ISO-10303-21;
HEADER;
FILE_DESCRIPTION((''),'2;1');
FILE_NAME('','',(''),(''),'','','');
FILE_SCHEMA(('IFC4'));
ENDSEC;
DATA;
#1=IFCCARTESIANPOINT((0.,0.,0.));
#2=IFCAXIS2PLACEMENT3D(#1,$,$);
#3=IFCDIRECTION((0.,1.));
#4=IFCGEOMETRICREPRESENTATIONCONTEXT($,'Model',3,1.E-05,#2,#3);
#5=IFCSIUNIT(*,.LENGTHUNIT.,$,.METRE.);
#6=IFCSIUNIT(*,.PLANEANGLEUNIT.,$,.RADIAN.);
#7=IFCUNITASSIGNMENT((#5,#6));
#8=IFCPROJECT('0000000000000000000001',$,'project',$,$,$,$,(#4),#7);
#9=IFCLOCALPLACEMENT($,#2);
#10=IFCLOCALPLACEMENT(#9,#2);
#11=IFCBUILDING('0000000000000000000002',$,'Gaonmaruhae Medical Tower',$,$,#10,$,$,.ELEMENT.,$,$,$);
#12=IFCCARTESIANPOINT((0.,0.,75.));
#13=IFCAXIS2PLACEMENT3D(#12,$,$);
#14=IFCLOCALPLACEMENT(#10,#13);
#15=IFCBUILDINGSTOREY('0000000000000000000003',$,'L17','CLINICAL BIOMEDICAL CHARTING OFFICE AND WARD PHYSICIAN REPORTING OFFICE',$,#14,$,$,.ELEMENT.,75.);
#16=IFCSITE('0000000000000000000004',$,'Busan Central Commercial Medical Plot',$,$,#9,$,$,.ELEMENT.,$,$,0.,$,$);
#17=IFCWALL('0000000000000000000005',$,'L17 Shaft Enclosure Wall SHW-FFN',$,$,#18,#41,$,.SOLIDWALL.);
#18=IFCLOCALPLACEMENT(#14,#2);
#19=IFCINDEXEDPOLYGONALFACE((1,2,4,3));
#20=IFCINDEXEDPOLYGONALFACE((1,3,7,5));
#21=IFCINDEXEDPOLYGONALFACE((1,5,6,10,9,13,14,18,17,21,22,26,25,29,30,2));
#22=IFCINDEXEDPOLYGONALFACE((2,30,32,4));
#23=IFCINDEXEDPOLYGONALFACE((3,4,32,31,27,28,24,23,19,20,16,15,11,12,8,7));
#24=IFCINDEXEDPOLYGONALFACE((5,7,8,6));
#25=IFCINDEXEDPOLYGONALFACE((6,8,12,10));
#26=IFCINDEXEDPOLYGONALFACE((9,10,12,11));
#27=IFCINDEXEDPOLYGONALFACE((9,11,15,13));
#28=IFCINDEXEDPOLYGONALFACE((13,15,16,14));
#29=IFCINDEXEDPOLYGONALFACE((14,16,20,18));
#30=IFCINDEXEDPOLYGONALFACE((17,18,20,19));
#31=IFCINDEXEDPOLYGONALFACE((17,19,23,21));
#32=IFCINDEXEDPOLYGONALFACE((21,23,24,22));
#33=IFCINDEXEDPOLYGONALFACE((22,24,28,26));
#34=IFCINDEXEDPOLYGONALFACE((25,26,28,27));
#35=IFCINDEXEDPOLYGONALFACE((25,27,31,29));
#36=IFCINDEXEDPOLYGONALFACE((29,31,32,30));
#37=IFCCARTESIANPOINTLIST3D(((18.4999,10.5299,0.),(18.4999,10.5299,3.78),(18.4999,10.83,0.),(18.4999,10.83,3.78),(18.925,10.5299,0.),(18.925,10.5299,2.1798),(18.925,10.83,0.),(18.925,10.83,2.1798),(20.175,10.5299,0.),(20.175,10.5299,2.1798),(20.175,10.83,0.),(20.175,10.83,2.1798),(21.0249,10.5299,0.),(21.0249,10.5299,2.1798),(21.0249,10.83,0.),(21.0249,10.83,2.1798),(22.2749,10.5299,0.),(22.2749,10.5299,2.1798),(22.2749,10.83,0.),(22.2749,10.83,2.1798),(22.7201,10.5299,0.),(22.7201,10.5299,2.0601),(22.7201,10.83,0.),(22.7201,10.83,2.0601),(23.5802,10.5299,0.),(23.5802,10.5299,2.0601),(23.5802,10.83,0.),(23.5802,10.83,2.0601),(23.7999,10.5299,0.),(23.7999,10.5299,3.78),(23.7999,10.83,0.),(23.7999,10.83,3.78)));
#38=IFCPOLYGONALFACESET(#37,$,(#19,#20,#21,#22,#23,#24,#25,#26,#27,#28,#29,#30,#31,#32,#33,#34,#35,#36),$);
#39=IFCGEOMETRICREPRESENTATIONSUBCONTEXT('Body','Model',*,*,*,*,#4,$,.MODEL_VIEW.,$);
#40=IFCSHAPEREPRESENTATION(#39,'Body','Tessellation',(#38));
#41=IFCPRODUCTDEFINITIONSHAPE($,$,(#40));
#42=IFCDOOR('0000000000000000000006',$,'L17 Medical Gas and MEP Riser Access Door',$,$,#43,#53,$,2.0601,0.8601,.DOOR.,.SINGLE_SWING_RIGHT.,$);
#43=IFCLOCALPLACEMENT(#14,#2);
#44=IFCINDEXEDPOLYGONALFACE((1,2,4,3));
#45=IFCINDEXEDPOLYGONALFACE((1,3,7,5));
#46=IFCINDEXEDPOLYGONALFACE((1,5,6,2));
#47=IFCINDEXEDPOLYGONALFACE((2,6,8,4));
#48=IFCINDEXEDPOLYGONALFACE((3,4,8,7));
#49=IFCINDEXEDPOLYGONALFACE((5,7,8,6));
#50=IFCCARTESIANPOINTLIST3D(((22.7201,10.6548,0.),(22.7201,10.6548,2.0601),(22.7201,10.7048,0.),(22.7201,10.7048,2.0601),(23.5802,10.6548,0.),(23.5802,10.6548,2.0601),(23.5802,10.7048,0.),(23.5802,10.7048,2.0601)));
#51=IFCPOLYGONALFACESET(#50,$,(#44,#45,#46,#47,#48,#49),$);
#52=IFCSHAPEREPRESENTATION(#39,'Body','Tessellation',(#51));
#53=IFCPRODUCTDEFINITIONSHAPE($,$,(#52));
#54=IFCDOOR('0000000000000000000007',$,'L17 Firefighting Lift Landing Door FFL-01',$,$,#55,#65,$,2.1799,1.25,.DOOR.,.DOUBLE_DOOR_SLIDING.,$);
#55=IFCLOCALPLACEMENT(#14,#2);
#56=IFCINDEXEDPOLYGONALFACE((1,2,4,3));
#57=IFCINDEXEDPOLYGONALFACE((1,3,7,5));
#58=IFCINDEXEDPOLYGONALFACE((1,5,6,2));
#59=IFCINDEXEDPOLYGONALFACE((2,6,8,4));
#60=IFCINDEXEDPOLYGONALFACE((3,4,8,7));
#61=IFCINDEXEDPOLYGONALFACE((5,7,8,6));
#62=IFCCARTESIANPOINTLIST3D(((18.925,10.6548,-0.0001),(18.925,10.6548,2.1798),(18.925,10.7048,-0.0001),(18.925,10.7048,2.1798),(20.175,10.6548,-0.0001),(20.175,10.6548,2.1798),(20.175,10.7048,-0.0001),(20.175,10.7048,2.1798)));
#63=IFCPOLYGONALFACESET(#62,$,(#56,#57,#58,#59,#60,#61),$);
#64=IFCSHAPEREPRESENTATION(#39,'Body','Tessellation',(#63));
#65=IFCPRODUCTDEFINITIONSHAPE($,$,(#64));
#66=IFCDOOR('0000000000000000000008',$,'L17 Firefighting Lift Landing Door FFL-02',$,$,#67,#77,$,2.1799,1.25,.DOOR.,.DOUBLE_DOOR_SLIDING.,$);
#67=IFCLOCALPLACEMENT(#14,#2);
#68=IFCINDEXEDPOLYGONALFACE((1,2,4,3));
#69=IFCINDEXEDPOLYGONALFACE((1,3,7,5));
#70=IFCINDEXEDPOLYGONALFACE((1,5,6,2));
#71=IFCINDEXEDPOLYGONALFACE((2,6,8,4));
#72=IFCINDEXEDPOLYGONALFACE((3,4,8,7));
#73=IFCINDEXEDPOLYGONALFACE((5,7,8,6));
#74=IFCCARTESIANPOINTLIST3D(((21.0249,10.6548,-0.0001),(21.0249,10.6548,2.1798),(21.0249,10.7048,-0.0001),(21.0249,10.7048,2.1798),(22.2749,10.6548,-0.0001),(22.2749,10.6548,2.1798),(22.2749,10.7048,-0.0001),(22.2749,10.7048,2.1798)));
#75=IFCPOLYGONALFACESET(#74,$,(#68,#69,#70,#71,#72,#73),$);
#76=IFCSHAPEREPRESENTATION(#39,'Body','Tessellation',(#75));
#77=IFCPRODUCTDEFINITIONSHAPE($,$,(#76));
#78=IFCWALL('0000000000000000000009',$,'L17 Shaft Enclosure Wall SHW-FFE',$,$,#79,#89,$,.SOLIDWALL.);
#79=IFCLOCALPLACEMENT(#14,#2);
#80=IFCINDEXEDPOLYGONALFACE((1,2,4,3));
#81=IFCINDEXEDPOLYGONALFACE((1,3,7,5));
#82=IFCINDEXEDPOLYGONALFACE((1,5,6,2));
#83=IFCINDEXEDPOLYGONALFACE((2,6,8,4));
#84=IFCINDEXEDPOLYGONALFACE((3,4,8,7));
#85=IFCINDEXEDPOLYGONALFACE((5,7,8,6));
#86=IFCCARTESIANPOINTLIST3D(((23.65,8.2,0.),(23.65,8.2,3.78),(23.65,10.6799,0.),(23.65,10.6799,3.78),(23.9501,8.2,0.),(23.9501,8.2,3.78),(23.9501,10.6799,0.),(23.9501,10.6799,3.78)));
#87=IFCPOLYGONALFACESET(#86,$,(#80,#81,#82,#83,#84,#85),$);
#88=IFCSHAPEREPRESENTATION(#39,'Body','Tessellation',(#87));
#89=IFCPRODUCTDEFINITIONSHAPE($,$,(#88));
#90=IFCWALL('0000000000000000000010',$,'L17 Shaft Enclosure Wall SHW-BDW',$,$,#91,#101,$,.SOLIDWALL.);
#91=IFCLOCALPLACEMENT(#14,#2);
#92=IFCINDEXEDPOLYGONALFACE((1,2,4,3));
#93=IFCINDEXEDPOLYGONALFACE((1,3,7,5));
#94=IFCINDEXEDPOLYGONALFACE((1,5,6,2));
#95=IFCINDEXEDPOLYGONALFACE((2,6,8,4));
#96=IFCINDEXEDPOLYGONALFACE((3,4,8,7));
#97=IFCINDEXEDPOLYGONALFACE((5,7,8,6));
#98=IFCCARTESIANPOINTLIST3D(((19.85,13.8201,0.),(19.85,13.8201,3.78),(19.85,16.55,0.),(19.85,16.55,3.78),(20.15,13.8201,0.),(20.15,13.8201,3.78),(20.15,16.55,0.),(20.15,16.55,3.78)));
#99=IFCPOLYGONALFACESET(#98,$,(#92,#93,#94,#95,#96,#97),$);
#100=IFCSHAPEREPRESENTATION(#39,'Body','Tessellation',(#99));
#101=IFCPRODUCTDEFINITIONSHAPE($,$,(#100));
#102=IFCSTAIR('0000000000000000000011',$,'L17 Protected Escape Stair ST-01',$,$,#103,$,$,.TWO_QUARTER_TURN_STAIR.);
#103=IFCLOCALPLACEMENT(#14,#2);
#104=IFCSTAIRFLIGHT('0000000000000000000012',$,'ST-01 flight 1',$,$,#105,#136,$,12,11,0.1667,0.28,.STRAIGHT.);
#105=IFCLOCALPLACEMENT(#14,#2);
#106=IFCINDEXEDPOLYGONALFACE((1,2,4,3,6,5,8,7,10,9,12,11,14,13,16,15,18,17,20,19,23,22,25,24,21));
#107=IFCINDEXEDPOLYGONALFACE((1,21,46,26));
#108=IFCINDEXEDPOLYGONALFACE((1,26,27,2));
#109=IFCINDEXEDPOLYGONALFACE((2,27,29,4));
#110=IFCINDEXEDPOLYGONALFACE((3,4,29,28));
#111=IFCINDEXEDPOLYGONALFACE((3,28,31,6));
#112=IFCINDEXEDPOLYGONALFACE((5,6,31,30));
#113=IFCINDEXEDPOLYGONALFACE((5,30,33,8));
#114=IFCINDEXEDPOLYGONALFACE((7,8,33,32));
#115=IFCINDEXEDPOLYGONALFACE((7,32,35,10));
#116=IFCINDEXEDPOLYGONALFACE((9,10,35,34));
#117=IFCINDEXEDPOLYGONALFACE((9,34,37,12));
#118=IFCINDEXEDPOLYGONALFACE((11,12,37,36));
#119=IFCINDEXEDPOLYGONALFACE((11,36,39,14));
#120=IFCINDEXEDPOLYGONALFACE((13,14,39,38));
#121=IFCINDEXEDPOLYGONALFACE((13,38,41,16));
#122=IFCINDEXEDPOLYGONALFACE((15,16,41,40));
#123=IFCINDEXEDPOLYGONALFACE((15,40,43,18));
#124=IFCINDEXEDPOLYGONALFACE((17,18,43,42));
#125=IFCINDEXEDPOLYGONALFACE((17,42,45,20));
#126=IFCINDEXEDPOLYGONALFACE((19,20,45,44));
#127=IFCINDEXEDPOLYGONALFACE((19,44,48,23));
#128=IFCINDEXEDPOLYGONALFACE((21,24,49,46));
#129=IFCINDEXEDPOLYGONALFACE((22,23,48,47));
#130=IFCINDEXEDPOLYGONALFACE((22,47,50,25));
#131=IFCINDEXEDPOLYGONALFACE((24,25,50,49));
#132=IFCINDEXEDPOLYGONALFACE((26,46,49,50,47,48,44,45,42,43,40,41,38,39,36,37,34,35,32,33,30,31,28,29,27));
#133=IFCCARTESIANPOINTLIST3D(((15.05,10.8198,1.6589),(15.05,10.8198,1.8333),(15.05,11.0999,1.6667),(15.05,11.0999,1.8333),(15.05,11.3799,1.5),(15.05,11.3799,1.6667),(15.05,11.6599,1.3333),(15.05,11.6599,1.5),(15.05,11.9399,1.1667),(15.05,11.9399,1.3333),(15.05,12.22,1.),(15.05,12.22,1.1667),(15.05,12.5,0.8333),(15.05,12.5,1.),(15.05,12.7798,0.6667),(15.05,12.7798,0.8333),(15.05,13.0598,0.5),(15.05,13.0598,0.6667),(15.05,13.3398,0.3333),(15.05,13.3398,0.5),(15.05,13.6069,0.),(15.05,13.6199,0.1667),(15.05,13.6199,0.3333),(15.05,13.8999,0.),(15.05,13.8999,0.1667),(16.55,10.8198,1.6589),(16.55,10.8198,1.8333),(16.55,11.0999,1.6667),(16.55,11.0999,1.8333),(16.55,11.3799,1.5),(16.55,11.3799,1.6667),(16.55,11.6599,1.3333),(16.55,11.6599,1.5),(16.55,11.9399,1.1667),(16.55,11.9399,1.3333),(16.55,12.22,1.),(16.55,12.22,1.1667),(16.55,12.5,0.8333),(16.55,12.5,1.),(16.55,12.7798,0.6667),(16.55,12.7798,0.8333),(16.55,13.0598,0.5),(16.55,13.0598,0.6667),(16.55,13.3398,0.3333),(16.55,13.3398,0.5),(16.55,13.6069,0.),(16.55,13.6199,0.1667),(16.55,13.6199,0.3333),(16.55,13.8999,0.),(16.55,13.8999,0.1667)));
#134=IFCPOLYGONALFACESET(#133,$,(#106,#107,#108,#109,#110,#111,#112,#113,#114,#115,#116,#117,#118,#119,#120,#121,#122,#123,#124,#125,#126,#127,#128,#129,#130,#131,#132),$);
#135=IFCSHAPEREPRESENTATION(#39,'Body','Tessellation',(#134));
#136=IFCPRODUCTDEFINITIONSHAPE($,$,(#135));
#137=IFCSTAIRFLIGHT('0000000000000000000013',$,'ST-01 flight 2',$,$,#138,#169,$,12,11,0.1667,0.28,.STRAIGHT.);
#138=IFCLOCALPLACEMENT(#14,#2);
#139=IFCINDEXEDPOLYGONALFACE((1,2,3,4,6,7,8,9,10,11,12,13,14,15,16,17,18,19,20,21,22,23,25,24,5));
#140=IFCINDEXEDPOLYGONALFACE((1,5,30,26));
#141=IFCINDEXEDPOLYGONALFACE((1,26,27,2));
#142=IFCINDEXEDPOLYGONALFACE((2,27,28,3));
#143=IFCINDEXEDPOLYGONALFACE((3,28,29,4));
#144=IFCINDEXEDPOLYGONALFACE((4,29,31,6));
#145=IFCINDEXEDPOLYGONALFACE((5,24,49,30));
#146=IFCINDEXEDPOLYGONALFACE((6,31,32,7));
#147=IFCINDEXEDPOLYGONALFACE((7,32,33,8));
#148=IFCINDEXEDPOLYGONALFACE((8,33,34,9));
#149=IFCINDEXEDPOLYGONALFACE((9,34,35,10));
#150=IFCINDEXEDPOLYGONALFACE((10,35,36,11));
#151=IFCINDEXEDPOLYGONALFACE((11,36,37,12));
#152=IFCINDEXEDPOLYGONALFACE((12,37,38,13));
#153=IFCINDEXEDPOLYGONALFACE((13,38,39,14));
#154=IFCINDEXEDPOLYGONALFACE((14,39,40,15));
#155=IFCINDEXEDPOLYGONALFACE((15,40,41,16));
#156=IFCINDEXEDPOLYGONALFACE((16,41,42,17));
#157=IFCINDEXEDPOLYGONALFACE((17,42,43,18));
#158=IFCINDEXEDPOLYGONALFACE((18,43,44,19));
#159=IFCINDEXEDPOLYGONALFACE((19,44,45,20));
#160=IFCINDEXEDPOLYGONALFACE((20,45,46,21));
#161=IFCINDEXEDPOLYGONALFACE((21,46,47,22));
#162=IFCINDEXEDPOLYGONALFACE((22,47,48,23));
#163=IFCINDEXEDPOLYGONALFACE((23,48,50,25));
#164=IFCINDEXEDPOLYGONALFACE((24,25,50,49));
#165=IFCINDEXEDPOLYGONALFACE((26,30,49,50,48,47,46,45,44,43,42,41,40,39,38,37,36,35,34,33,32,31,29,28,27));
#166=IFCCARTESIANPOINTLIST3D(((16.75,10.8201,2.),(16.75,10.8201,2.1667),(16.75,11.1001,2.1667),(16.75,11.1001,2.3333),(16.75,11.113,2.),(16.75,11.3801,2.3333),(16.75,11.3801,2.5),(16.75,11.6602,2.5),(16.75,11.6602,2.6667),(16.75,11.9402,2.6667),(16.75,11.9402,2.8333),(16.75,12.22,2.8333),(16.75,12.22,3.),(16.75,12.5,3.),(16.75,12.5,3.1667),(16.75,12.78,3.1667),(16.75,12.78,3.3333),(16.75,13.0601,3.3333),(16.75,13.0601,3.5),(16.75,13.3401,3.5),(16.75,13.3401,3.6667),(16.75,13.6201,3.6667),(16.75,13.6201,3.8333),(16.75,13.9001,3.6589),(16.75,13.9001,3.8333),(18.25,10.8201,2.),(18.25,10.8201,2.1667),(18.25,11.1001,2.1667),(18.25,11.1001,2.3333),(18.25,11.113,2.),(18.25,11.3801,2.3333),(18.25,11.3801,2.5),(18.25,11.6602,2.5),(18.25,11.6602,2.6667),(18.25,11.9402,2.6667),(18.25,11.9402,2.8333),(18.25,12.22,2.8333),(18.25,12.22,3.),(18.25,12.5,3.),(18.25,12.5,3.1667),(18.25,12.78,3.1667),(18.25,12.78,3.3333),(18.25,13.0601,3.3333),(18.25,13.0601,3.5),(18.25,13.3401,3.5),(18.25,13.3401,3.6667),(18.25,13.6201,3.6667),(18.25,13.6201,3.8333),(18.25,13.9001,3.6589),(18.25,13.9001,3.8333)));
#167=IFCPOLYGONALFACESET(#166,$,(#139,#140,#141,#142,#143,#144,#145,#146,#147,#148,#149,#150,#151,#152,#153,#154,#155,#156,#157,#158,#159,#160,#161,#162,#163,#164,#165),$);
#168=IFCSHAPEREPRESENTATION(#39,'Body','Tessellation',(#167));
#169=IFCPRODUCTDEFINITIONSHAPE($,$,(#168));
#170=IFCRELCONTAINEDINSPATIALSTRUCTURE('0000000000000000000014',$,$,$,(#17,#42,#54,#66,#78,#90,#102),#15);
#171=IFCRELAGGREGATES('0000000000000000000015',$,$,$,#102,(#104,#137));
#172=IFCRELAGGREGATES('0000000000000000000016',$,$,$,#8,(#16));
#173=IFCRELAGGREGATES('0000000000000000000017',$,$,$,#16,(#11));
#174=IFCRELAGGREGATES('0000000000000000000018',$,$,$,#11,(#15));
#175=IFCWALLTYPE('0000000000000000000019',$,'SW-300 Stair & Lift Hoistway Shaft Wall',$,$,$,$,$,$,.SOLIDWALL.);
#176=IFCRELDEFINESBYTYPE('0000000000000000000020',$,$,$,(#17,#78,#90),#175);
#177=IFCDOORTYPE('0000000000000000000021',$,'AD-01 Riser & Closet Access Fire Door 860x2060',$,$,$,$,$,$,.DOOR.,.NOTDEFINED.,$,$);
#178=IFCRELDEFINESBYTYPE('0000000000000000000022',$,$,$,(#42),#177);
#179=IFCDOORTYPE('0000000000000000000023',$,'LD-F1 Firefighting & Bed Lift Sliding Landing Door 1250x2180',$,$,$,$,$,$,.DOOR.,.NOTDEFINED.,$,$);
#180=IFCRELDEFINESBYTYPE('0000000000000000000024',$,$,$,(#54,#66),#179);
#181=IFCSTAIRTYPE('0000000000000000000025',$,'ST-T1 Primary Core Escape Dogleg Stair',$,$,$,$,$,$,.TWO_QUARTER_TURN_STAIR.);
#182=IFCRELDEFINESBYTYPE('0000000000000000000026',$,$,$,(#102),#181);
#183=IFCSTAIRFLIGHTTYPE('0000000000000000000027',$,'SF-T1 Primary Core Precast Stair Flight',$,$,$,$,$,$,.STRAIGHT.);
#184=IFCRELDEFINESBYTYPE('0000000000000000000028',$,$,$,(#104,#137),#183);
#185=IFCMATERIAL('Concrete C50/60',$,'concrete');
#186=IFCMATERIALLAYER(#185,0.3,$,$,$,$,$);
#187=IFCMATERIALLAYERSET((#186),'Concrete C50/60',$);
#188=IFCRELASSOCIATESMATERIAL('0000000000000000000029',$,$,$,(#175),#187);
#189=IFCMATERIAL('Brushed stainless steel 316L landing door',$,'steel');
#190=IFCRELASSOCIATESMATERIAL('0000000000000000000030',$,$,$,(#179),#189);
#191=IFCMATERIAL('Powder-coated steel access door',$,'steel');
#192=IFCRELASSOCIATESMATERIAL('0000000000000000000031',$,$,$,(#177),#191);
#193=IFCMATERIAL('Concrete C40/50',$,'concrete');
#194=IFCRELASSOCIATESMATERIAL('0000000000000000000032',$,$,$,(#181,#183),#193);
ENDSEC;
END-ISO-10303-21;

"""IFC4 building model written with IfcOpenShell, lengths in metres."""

from ifc_helpers import new_model, si_unit, direction, frame, frame_2d, origin, place, context, subcontext, project, spatial, polyline, rectangle, outline, extrude, material, layer, layer_set, type_object, element, fill, aggregate, save


model = new_model("IFC4")

# Units and contexts
model_context = context("Model", 3, precision=1e-05, world=origin(), true_north=direction((0.0, 1.0)))
body_context = subcontext(model_context, "Body", "Model", "MODEL_VIEW")
ifc_project = project(units=[si_unit("LENGTHUNIT", "METRE"), si_unit("PLANEANGLEUNIT", "RADIAN")], contexts=[model_context])

# Site, building, storey
site_placement = place(None, origin())
site = spatial("IfcSite", under=ifc_project, at=site_placement, Name="Busan Central Commercial Medical Plot", CompositionType="ELEMENT", RefElevation=0.0)
building_placement = place(site_placement, origin())
building = spatial("IfcBuilding", under=site, at=building_placement, Name="Gaonmaruhae Medical Tower", CompositionType="ELEMENT")
storey_placement = place(building_placement, frame((0.0, 0.0, 75.0)))
storey = spatial("IfcBuildingStorey", under=building, at=storey_placement, Name="L17", Description="CLINICAL BIOMEDICAL CHARTING OFFICE AND WARD PHYSICIAN REPORTING OFFICE", CompositionType="ELEMENT", Elevation=75.0)

# Shared definitions
ifc_material_1 = material(Name="Concrete C50/60", Category="concrete")

# Wall, openings, doors
ifc_layer_1 = layer(ifc_material_1, 0.3)
ifc_layer_set_1 = layer_set([ifc_layer_1], Name="Concrete C50/60")
wall_type_1 = type_object("IfcWallType", Name="SW-300 Stair & Lift Hoistway Shaft Wall", PredefinedType="SOLIDWALL", material=ifc_layer_set_1)
ifc_material_2 = material(Name="Brushed stainless steel 316L landing door", Category="steel")
door_type_1 = type_object("IfcDoorType", Name="LD-F1 Firefighting & Bed Lift Sliding Landing Door 1250x2180", OperationType="NOTDEFINED", PredefinedType="DOOR", material=ifc_material_2)
wall_1_placement = place(storey_placement, frame((18.5, 10.6799, 0.0), z_axis=(0.0, 0.0, 1.0), x_axis=(1.0, 0.0, 0.0)))
wall_1 = element("IfcWall", 1, at=wall_1_placement, inside=storey, type_object=wall_type_1, Name="L17 Shaft Enclosure Wall SHW-FFN", PredefinedType="SOLIDWALL", context=body_context, shape_type="SweptSolid", body=[
    extrude(rectangle(XDim=5.3, YDim=0.3, at=frame_2d((2.6499, 0.0))), origin(), (0.0, 0.0, 1.0), 3.78),
])
opening_1_placement = place(wall_1_placement, frame((4.22, 0.0, 0.0)))
opening_1 = element("IfcOpeningElement", 2, at=opening_1_placement, cuts=wall_1, PredefinedType="OPENING", context=body_context, shape_type="SweptSolid", body=[
    extrude(rectangle(XDim=0.8601, YDim=2.0601, at=frame_2d((0.4302, 1.03))), frame((0.0, 0.1602, 0.0), z_axis=(0.0, -1.0, 0.0), x_axis=(1.0, 0.0, 0.0)), (0.0, 0.0, 1.0), 0.3201),
])
opening_2_placement = place(wall_1_placement, frame((0.425, 0.0, 0.0)))
opening_2 = element("IfcOpeningElement", 3, at=opening_2_placement, cuts=wall_1, PredefinedType="OPENING", context=body_context, shape_type="SweptSolid", body=[
    extrude(rectangle(XDim=1.25, YDim=2.1799, at=frame_2d((0.625, 1.0898))), frame((0.0, 0.1602, 0.0), z_axis=(0.0, -1.0, 0.0), x_axis=(1.0, 0.0, 0.0)), (0.0, 0.0, 1.0), 0.3201),
])
opening_3_placement = place(wall_1_placement, frame((2.5249, 0.0, 0.0)))
opening_3 = element("IfcOpeningElement", 4, at=opening_3_placement, cuts=wall_1, PredefinedType="OPENING", context=body_context, shape_type="SweptSolid", body=[
    extrude(rectangle(XDim=1.25, YDim=2.1799, at=frame_2d((0.625, 1.0898))), frame((0.0, 0.1602, 0.0), z_axis=(0.0, -1.0, 0.0), x_axis=(1.0, 0.0, 0.0)), (0.0, 0.0, 1.0), 0.3201),
])
ifc_material_3 = material(Name="Powder-coated steel access door", Category="steel")
door_type_2 = type_object("IfcDoorType", Name="AD-01 Riser & Closet Access Fire Door 860x2060", OperationType="NOTDEFINED", PredefinedType="DOOR", material=ifc_material_3)
door_1_placement = place(opening_1_placement, origin())
door_1 = element("IfcDoor", 5, at=door_1_placement, inside=storey, type_object=door_type_2, Name="L17 Medical Gas and MEP Riser Access Door", OperationType="SINGLE_SWING_RIGHT", OverallHeight=2.0601, OverallWidth=0.8601, PredefinedType="DOOR", context=body_context, shape_type="SweptSolid", body=[
    extrude(rectangle(XDim=0.8601, YDim=2.0601, at=frame_2d((0.4302, 1.03))), frame((0.0, 0.0249, 0.0), z_axis=(0.0, -1.0, 0.0), x_axis=(1.0, 0.0, 0.0)), (0.0, 0.0, 1.0), 0.05),
])
fill(opening_1, door_1)
door_2_placement = place(opening_2_placement, origin())
door_2 = element("IfcDoor", 6, at=door_2_placement, inside=storey, type_object=door_type_1, Name="L17 Firefighting Lift Landing Door FFL-01", OperationType="DOUBLE_DOOR_SLIDING", OverallHeight=2.1799, OverallWidth=1.25, PredefinedType="DOOR", context=body_context, shape_type="SweptSolid", body=[
    extrude(rectangle(XDim=1.25, YDim=2.1799, at=frame_2d((0.625, 1.0898))), frame((0.0, 0.0249, 0.0), z_axis=(0.0, -1.0, 0.0), x_axis=(1.0, 0.0, 0.0)), (0.0, 0.0, 1.0), 0.05),
])
fill(opening_2, door_2)
door_3_placement = place(opening_3_placement, origin())
door_3 = element("IfcDoor", 7, at=door_3_placement, inside=storey, type_object=door_type_1, Name="L17 Firefighting Lift Landing Door FFL-02", OperationType="DOUBLE_DOOR_SLIDING", OverallHeight=2.1799, OverallWidth=1.25, PredefinedType="DOOR", context=body_context, shape_type="SweptSolid", body=[
    extrude(rectangle(XDim=1.25, YDim=2.1799, at=frame_2d((0.625, 1.0898))), frame((0.0, 0.0249, 0.0), z_axis=(0.0, -1.0, 0.0), x_axis=(1.0, 0.0, 0.0)), (0.0, 0.0, 1.0), 0.05),
])
fill(opening_3, door_3)

# Walls
wall_2_placement = place(storey_placement, frame((23.8, 8.2, 0.0), z_axis=(0.0, 0.0, 1.0), x_axis=(0.0, 1.0, 0.0)))
element("IfcWall", 8, at=wall_2_placement, inside=storey, type_object=wall_type_1, Name="L17 Shaft Enclosure Wall SHW-FFE", PredefinedType="SOLIDWALL", context=body_context, shape_type="SweptSolid", body=[
    extrude(rectangle(XDim=2.48, YDim=0.3, at=frame_2d((1.24, 0.0))), origin(), (0.0, 0.0, 1.0), 3.78),
])
wall_3_placement = place(storey_placement, frame((20.0, 13.8201, 0.0), z_axis=(0.0, 0.0, 1.0), x_axis=(0.0, 1.0, 0.0)))
element("IfcWall", 9, at=wall_3_placement, inside=storey, type_object=wall_type_1, Name="L17 Shaft Enclosure Wall SHW-BDW", PredefinedType="SOLIDWALL", context=body_context, shape_type="SweptSolid", body=[
    extrude(rectangle(XDim=2.73, YDim=0.3, at=frame_2d((1.365, 0.0))), origin(), (0.0, 0.0, 1.0), 3.78),
])

# Stair, stair flights
ifc_material_4 = material(Name="Concrete C40/50", Category="concrete")
stair_type = type_object("IfcStairType", Name="ST-T1 Primary Core Escape Dogleg Stair", PredefinedType="TWO_QUARTER_TURN_STAIR", material=ifc_material_4)
stair_placement = place(storey_placement, origin())
stair = element("IfcStair", 10, at=stair_placement, inside=storey, type_object=stair_type, Name="L17 Protected Escape Stair ST-01", PredefinedType="TWO_QUARTER_TURN_STAIR")
stair_flight_type = type_object("IfcStairFlightType", Name="SF-T1 Primary Core Precast Stair Flight", PredefinedType="STRAIGHT", material=ifc_material_4)
stair_flight_1_placement = place(storey_placement, frame((15.8, 13.8999, 0.0), z_axis=(0.0, 0.0, 1.0), x_axis=(0.0, -1.0, 0.0)))
stair_flight_1 = element("IfcStairFlight", 11, at=stair_flight_1_placement, type_object=stair_flight_type, Name="ST-01 flight 1", NumberOfRisers=12, NumberOfTreads=11, PredefinedType="STRAIGHT", RiserHeight=0.1667, TreadLength=0.28, context=body_context, shape_type="SweptSolid", body=[
    extrude(outline(polyline([(0.0, 0.0), (0.0, 0.1667), (0.28, 0.1667), (0.28, 0.3333), (0.5601, 0.3333), (0.5601, 0.5), (0.8401, 0.5), (0.8401, 0.6667), (1.1201, 0.6667), (1.1201, 0.8333), (1.3999, 0.8333), (1.3999, 1.0), (1.6799, 1.0), (1.6799, 1.1667), (1.96, 1.1667), (1.96, 1.3333), (2.24, 1.3333), (2.24, 1.5), (2.52, 1.5), (2.52, 1.6667), (2.8, 1.6667), (2.8, 1.8333), (3.0801, 1.8333), (3.0801, 2.0), (3.0801, 1.6589), (0.293, 0.0), (0.0, 0.0)])), frame((0.0, 0.75, 0.0), z_axis=(0.0, -1.0, 0.0), x_axis=(1.0, 0.0, 0.0)), (0.0, 0.0, 1.0), 1.5),
])
stair_flight_2_placement = place(storey_placement, frame((17.5, 10.8201, 2.0), z_axis=(0.0, 0.0, 1.0), x_axis=(0.0, 1.0, 0.0)))
stair_flight_2 = element("IfcStairFlight", 12, at=stair_flight_2_placement, type_object=stair_flight_type, Name="ST-01 flight 2", NumberOfRisers=12, NumberOfTreads=11, PredefinedType="STRAIGHT", RiserHeight=0.1667, TreadLength=0.28, context=body_context, shape_type="SweptSolid", body=[
    extrude(outline(polyline([(0.0, 0.0), (0.0, 0.1667), (0.28, 0.1667), (0.28, 0.3333), (0.5601, 0.3333), (0.5601, 0.5), (0.8401, 0.5), (0.8401, 0.6667), (1.1201, 0.6667), (1.1201, 0.8333), (1.3999, 0.8333), (1.3999, 1.0), (1.6799, 1.0), (1.6799, 1.1667), (1.96, 1.1667), (1.96, 1.3333), (2.24, 1.3333), (2.24, 1.5), (2.52, 1.5), (2.52, 1.6667), (2.8, 1.6667), (2.8, 1.8333), (3.0801, 1.8333), (3.0801, 2.0), (3.0801, 1.6589), (0.293, 0.0), (0.0, 0.0)])), frame((0.0, 0.75, 0.0), z_axis=(0.0, -1.0, 0.0), x_axis=(1.0, 0.0, 0.0)), (0.0, 0.0, 1.0), 1.5),
])
aggregate(stair, [stair_flight_1, stair_flight_2])

save(model, "model.ifc")
